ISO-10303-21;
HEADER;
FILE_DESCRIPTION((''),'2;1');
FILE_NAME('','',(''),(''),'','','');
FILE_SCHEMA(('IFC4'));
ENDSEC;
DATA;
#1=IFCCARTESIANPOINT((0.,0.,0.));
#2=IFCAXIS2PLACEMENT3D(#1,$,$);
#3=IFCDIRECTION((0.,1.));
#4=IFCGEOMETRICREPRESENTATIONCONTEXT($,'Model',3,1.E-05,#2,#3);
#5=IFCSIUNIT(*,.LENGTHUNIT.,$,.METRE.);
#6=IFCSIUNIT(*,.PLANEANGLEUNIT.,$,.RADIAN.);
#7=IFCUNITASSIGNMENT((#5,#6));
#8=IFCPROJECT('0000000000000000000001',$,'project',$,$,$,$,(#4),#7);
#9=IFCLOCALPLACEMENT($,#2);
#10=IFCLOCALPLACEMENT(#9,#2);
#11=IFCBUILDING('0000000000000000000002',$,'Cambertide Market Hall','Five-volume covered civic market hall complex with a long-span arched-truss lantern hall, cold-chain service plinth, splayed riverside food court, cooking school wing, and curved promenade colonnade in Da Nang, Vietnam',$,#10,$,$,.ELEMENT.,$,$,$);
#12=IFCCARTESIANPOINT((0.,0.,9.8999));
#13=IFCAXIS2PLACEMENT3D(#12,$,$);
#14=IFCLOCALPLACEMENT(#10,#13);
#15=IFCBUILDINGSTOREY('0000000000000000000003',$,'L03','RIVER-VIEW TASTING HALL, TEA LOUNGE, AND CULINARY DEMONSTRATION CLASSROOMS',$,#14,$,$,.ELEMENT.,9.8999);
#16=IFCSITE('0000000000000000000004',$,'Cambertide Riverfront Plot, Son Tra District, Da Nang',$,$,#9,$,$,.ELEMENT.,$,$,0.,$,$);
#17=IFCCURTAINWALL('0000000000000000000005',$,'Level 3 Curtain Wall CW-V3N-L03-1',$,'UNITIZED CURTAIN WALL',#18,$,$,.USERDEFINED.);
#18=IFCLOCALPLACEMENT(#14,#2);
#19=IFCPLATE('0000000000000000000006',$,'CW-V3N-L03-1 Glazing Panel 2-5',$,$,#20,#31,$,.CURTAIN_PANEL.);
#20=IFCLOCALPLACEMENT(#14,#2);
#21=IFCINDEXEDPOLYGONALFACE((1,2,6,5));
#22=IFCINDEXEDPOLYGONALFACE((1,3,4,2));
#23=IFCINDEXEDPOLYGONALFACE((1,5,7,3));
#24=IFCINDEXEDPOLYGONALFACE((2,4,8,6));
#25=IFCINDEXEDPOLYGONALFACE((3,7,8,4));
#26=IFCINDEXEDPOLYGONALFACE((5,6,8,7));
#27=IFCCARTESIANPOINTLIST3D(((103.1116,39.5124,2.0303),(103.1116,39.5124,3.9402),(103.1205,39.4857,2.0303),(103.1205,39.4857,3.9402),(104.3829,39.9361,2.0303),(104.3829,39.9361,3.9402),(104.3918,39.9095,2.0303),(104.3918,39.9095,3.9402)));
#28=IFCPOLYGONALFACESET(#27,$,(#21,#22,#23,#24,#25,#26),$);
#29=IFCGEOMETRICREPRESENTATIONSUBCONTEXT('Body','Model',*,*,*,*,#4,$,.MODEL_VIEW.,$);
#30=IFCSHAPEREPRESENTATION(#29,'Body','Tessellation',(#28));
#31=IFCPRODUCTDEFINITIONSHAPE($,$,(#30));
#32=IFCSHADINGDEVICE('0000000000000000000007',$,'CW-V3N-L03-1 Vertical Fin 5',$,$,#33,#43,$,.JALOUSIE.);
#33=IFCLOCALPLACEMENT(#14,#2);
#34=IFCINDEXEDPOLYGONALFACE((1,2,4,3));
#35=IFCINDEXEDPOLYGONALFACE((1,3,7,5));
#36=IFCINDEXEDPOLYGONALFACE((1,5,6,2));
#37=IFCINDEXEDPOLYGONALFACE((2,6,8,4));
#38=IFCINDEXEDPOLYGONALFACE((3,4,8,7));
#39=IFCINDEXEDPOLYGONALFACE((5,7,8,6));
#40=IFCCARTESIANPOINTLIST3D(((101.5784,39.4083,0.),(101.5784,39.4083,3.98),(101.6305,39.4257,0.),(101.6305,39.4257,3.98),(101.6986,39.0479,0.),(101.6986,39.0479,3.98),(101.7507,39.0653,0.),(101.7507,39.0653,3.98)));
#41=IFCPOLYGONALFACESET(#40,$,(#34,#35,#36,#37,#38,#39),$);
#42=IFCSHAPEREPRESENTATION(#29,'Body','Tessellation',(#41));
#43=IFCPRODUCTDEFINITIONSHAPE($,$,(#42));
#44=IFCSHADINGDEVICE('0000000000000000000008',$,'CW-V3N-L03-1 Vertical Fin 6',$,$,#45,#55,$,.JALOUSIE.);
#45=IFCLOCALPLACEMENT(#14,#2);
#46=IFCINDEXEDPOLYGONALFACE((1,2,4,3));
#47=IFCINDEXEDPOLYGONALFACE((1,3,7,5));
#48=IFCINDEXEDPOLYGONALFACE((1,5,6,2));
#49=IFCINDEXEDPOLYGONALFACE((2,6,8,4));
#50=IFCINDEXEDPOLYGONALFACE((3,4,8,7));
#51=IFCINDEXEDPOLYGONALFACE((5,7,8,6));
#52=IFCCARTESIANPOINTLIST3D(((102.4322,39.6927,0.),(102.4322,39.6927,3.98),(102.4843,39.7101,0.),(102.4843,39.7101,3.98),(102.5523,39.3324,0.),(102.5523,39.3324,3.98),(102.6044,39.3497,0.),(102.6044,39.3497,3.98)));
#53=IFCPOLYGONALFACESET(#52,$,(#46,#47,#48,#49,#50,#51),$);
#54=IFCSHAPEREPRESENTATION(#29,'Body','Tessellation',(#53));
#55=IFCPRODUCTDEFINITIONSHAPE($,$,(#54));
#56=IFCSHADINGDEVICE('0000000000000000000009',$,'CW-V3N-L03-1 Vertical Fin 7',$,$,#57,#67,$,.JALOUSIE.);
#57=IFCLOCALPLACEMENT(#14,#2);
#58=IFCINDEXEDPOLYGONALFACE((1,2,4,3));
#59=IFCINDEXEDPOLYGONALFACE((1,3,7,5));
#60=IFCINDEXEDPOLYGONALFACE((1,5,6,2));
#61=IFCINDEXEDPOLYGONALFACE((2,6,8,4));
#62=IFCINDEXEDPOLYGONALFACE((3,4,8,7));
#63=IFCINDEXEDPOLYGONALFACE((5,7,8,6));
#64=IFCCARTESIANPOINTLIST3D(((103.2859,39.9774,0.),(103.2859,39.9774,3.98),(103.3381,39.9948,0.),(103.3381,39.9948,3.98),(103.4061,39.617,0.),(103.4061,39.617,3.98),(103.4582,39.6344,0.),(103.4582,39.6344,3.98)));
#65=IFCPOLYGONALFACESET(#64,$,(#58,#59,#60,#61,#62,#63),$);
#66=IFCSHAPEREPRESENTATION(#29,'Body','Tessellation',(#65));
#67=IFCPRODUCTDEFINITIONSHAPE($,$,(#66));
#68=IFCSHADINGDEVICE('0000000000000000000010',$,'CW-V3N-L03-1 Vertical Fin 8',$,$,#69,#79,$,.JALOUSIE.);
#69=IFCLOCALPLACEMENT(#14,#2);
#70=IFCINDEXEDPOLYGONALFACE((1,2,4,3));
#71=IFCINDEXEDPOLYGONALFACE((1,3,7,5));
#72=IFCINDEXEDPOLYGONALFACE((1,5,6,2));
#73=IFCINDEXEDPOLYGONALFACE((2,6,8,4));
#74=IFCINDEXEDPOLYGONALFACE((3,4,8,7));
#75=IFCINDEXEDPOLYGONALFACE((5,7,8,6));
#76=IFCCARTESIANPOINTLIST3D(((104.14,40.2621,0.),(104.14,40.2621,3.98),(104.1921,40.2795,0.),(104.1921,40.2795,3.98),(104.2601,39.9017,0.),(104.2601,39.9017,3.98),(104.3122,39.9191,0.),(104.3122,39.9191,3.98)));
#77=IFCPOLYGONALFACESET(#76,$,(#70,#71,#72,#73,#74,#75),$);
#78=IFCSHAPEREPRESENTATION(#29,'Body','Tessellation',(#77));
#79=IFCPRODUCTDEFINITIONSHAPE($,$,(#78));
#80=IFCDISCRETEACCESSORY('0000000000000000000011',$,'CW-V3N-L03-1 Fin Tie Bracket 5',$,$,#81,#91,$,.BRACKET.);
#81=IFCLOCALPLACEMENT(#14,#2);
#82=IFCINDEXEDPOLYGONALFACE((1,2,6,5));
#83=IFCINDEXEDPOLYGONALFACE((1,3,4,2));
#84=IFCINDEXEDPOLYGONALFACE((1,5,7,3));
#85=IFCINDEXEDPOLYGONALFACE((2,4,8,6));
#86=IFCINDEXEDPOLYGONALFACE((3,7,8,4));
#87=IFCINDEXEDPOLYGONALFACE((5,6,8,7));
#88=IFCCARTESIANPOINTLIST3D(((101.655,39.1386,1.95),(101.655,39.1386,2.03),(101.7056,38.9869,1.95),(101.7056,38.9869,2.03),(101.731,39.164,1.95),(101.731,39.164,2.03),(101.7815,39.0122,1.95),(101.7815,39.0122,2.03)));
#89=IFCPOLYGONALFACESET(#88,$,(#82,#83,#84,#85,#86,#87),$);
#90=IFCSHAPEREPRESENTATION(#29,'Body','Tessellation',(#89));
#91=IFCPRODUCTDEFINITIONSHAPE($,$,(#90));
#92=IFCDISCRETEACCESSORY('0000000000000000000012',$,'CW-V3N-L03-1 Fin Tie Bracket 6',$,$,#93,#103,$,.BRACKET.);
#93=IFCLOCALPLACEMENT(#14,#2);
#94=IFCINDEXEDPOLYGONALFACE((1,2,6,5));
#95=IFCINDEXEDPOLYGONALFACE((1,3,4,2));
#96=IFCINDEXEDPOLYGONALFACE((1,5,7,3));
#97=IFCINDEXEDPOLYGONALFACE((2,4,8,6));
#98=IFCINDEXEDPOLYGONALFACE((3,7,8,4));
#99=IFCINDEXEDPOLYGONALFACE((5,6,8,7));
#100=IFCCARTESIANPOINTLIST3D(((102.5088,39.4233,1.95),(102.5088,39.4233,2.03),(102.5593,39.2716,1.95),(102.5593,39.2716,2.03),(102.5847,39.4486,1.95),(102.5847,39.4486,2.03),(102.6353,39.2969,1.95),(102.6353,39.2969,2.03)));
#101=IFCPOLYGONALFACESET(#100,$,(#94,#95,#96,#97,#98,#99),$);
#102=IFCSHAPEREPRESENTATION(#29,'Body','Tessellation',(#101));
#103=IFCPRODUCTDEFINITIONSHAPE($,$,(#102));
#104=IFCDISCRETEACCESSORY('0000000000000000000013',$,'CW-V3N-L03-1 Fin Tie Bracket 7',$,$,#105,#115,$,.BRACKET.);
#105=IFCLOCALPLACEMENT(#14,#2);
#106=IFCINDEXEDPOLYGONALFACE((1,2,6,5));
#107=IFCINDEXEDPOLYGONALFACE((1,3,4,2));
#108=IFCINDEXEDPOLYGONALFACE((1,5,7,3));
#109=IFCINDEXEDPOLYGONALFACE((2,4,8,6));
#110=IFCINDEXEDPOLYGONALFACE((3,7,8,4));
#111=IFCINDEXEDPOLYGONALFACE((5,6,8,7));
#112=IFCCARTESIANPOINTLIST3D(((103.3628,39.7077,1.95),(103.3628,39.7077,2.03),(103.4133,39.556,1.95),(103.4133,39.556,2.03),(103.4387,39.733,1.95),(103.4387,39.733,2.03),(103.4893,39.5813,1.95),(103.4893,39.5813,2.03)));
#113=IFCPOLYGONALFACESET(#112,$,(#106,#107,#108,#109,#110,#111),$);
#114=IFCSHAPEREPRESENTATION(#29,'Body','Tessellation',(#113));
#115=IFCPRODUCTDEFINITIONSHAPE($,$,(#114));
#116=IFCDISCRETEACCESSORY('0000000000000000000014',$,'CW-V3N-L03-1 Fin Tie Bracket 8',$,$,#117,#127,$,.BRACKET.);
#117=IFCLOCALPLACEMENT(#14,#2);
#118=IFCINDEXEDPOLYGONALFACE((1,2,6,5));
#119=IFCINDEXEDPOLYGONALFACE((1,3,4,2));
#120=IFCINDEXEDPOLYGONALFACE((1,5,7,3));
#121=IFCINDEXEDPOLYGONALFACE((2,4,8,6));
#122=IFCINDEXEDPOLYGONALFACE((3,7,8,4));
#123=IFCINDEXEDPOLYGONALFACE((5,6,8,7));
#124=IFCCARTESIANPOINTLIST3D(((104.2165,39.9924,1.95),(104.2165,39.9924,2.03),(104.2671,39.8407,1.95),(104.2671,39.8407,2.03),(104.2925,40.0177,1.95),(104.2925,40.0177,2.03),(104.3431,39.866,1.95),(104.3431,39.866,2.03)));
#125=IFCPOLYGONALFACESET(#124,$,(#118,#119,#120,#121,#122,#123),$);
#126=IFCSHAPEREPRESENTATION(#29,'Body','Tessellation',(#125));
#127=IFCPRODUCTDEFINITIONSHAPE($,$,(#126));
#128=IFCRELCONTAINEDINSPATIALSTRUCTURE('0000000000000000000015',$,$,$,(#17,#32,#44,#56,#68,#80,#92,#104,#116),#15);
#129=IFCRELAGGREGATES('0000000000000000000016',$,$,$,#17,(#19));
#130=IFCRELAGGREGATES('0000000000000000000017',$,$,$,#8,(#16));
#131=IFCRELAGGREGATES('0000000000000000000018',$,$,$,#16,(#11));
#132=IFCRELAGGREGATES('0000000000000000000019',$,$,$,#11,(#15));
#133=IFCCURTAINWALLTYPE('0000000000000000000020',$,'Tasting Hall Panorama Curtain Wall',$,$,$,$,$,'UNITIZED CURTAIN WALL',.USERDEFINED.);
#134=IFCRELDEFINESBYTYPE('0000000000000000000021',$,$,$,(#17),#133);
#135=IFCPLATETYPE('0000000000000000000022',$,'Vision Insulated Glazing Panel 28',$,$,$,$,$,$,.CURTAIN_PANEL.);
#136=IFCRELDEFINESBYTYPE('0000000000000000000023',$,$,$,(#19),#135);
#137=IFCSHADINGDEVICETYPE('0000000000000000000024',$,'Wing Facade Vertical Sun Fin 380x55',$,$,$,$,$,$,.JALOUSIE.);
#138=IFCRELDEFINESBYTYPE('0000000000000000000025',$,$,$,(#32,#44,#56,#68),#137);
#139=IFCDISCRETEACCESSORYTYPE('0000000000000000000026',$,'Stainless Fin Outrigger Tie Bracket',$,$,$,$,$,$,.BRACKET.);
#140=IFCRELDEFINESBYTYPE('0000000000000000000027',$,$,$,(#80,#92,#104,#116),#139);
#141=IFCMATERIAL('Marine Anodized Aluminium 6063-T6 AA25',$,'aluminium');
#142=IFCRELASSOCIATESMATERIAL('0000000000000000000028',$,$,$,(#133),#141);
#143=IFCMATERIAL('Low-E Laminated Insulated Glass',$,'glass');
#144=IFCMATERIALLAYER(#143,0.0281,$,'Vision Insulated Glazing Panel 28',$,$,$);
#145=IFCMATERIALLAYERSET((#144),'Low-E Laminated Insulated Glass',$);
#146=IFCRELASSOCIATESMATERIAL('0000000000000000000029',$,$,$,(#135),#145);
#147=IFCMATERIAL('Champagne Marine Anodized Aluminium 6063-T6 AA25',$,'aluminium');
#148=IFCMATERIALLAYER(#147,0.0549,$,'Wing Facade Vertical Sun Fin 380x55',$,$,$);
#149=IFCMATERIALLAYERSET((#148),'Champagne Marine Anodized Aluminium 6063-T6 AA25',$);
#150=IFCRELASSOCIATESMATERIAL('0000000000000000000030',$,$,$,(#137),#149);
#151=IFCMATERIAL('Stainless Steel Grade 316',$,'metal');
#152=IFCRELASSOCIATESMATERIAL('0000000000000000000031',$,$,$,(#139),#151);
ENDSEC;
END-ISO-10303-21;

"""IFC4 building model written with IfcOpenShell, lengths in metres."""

from ifc_helpers import new_model, si_unit, direction, frame, origin, origin_2d, place, context, subcontext, project, spatial, rectangle, extrude, material, layer, layer_set, type_object, element, aggregate, save


model = new_model("IFC4")

# Units and contexts
model_context = context("Model", 3, precision=1e-05, world=origin(), true_north=direction((0.0, 1.0)))
body_context = subcontext(model_context, "Body", "Model", "MODEL_VIEW")
ifc_project = project(units=[si_unit("LENGTHUNIT", "METRE"), si_unit("PLANEANGLEUNIT", "RADIAN")], contexts=[model_context])

# Site, building, storey
site_placement = place(None, origin())
site = spatial("IfcSite", under=ifc_project, at=site_placement, Name="Cambertide Riverfront Plot, Son Tra District, Da Nang", CompositionType="ELEMENT", RefElevation=0.0)
building_placement = place(site_placement, origin())
building = spatial("IfcBuilding", under=site, at=building_placement, Name="Cambertide Market Hall", Description="Five-volume covered civic market hall complex with a long-span arched-truss lantern hall, cold-chain service plinth, splayed riverside food court, cooking school wing, and curved promenade colonnade in Da Nang, Vietnam", CompositionType="ELEMENT")
storey_placement = place(building_placement, frame((0.0, 0.0, 9.8999)))
storey = spatial("IfcBuildingStorey", under=building, at=storey_placement, Name="L03", Description="RIVER-VIEW TASTING HALL, TEA LOUNGE, AND CULINARY DEMONSTRATION CLASSROOMS", CompositionType="ELEMENT", Elevation=9.8999)

# Curtain wall, plate
ifc_material_1 = material(Name="Marine Anodized Aluminium 6063-T6 AA25", Category="aluminium")
curtain_wall_type = type_object("IfcCurtainWallType", Name="Tasting Hall Panorama Curtain Wall", ElementType="UNITIZED CURTAIN WALL", PredefinedType="USERDEFINED", material=ifc_material_1)
curtain_wall_placement = place(storey_placement, origin())
curtain_wall = element("IfcCurtainWall", 1, at=curtain_wall_placement, inside=storey, type_object=curtain_wall_type, Name="Level 3 Curtain Wall CW-V3N-L03-1", ObjectType="UNITIZED CURTAIN WALL", PredefinedType="USERDEFINED")
ifc_material_2 = material(Name="Low-E Laminated Insulated Glass", Category="glass")
ifc_layer_1 = layer(ifc_material_2, 0.0281, Name="Vision Insulated Glazing Panel 28")
ifc_layer_set_1 = layer_set([ifc_layer_1], Name="Low-E Laminated Insulated Glass")
plate_type = type_object("IfcPlateType", Name="Vision Insulated Glazing Panel 28", PredefinedType="CURTAIN_PANEL", material=ifc_layer_set_1)
plate_1_placement = place(storey_placement, frame((103.7517, 39.7109, 2.0303), z_axis=(0.0, 0.0, 1.0), x_axis=(0.948683, 0.316228, 0.0)))
plate_1 = element("IfcPlate", 2, at=plate_1_placement, type_object=plate_type, Name="CW-V3N-L03-1 Glazing Panel 2-5", PredefinedType="CURTAIN_PANEL", context=body_context, shape_type="SweptSolid", body=[
    extrude(rectangle(XDim=1.3401, YDim=0.0281, at=origin_2d()), origin(), (0.0, 0.0, 1.0), 1.9099),
])
aggregate(curtain_wall, [plate_1])

# Shading devices
ifc_material_3 = material(Name="Champagne Marine Anodized Aluminium 6063-T6 AA25", Category="aluminium")
ifc_layer_2 = layer(ifc_material_3, 0.0549, Name="Wing Facade Vertical Sun Fin 380x55")
ifc_layer_set_2 = layer_set([ifc_layer_2], Name="Champagne Marine Anodized Aluminium 6063-T6 AA25")
shading_device_type = type_object("IfcShadingDeviceType", Name="Wing Facade Vertical Sun Fin 380x55", PredefinedType="JALOUSIE", material=ifc_layer_set_2)
for number, where, z_axis, x_axis, name in (
    (3, (101.6646, 39.2368, 0.0), (0.0, 0.0, 1.0), (0.948683, 0.316228, 0.0), "CW-V3N-L03-1 Vertical Fin 5"),
    (4, (102.5183, 39.5212, 0.0), (0.0, 0.0, 1.0), (0.948683, 0.316228, 0.0), "CW-V3N-L03-1 Vertical Fin 6"),
    (5, (103.3721, 39.8059, 0.0), (0.0, 0.0, 1.0), (0.948683, 0.316228, 0.0), "CW-V3N-L03-1 Vertical Fin 7"),
    (6, (104.2261, 40.0906, 0.0), (0.0, 0.0, 1.0), (0.948683, 0.316228, 0.0), "CW-V3N-L03-1 Vertical Fin 8"),
):
    element("IfcShadingDevice", number, at=place(storey_placement, frame(where, z_axis=z_axis, x_axis=x_axis)), inside=storey, type_object=shading_device_type, Name=name, PredefinedType="JALOUSIE", context=body_context, shape_type="SweptSolid", body=[
        extrude(rectangle(XDim=0.0549, YDim=0.3799, at=origin_2d()), origin(), (0.0, 0.0, 1.0), 3.98),
    ])

# Discrete accessories
ifc_material_4 = material(Name="Stainless Steel Grade 316", Category="metal")
discrete_accessory_type = type_object("IfcDiscreteAccessoryType", Name="Stainless Fin Outrigger Tie Bracket", PredefinedType="BRACKET", material=ifc_material_4)
for number, where, z_axis, x_axis, name in (
    (7, (101.7183, 39.0754, 1.95), (0.0, 0.0, 1.0), (0.948683, 0.316228, 0.0), "CW-V3N-L03-1 Fin Tie Bracket 5"),
    (8, (102.572, 39.3601, 1.95), (0.0, 0.0, 1.0), (0.948683, 0.316228, 0.0), "CW-V3N-L03-1 Fin Tie Bracket 6"),
    (9, (103.426, 39.6445, 1.95), (0.0, 0.0, 1.0), (0.948683, 0.316228, 0.0), "CW-V3N-L03-1 Fin Tie Bracket 7"),
    (10, (104.2798, 39.9292, 1.95), (0.0, 0.0, 1.0), (0.948683, 0.316228, 0.0), "CW-V3N-L03-1 Fin Tie Bracket 8"),
):
    element("IfcDiscreteAccessory", number, at=place(storey_placement, frame(where, z_axis=z_axis, x_axis=x_axis)), inside=storey, type_object=discrete_accessory_type, Name=name, PredefinedType="BRACKET", context=body_context, shape_type="SweptSolid", body=[
        extrude(rectangle(XDim=0.0801, YDim=0.1599, at=origin_2d()), origin(), (0.0, 0.0, 1.0), 0.0801),
    ])

save(model, "model.ifc")
